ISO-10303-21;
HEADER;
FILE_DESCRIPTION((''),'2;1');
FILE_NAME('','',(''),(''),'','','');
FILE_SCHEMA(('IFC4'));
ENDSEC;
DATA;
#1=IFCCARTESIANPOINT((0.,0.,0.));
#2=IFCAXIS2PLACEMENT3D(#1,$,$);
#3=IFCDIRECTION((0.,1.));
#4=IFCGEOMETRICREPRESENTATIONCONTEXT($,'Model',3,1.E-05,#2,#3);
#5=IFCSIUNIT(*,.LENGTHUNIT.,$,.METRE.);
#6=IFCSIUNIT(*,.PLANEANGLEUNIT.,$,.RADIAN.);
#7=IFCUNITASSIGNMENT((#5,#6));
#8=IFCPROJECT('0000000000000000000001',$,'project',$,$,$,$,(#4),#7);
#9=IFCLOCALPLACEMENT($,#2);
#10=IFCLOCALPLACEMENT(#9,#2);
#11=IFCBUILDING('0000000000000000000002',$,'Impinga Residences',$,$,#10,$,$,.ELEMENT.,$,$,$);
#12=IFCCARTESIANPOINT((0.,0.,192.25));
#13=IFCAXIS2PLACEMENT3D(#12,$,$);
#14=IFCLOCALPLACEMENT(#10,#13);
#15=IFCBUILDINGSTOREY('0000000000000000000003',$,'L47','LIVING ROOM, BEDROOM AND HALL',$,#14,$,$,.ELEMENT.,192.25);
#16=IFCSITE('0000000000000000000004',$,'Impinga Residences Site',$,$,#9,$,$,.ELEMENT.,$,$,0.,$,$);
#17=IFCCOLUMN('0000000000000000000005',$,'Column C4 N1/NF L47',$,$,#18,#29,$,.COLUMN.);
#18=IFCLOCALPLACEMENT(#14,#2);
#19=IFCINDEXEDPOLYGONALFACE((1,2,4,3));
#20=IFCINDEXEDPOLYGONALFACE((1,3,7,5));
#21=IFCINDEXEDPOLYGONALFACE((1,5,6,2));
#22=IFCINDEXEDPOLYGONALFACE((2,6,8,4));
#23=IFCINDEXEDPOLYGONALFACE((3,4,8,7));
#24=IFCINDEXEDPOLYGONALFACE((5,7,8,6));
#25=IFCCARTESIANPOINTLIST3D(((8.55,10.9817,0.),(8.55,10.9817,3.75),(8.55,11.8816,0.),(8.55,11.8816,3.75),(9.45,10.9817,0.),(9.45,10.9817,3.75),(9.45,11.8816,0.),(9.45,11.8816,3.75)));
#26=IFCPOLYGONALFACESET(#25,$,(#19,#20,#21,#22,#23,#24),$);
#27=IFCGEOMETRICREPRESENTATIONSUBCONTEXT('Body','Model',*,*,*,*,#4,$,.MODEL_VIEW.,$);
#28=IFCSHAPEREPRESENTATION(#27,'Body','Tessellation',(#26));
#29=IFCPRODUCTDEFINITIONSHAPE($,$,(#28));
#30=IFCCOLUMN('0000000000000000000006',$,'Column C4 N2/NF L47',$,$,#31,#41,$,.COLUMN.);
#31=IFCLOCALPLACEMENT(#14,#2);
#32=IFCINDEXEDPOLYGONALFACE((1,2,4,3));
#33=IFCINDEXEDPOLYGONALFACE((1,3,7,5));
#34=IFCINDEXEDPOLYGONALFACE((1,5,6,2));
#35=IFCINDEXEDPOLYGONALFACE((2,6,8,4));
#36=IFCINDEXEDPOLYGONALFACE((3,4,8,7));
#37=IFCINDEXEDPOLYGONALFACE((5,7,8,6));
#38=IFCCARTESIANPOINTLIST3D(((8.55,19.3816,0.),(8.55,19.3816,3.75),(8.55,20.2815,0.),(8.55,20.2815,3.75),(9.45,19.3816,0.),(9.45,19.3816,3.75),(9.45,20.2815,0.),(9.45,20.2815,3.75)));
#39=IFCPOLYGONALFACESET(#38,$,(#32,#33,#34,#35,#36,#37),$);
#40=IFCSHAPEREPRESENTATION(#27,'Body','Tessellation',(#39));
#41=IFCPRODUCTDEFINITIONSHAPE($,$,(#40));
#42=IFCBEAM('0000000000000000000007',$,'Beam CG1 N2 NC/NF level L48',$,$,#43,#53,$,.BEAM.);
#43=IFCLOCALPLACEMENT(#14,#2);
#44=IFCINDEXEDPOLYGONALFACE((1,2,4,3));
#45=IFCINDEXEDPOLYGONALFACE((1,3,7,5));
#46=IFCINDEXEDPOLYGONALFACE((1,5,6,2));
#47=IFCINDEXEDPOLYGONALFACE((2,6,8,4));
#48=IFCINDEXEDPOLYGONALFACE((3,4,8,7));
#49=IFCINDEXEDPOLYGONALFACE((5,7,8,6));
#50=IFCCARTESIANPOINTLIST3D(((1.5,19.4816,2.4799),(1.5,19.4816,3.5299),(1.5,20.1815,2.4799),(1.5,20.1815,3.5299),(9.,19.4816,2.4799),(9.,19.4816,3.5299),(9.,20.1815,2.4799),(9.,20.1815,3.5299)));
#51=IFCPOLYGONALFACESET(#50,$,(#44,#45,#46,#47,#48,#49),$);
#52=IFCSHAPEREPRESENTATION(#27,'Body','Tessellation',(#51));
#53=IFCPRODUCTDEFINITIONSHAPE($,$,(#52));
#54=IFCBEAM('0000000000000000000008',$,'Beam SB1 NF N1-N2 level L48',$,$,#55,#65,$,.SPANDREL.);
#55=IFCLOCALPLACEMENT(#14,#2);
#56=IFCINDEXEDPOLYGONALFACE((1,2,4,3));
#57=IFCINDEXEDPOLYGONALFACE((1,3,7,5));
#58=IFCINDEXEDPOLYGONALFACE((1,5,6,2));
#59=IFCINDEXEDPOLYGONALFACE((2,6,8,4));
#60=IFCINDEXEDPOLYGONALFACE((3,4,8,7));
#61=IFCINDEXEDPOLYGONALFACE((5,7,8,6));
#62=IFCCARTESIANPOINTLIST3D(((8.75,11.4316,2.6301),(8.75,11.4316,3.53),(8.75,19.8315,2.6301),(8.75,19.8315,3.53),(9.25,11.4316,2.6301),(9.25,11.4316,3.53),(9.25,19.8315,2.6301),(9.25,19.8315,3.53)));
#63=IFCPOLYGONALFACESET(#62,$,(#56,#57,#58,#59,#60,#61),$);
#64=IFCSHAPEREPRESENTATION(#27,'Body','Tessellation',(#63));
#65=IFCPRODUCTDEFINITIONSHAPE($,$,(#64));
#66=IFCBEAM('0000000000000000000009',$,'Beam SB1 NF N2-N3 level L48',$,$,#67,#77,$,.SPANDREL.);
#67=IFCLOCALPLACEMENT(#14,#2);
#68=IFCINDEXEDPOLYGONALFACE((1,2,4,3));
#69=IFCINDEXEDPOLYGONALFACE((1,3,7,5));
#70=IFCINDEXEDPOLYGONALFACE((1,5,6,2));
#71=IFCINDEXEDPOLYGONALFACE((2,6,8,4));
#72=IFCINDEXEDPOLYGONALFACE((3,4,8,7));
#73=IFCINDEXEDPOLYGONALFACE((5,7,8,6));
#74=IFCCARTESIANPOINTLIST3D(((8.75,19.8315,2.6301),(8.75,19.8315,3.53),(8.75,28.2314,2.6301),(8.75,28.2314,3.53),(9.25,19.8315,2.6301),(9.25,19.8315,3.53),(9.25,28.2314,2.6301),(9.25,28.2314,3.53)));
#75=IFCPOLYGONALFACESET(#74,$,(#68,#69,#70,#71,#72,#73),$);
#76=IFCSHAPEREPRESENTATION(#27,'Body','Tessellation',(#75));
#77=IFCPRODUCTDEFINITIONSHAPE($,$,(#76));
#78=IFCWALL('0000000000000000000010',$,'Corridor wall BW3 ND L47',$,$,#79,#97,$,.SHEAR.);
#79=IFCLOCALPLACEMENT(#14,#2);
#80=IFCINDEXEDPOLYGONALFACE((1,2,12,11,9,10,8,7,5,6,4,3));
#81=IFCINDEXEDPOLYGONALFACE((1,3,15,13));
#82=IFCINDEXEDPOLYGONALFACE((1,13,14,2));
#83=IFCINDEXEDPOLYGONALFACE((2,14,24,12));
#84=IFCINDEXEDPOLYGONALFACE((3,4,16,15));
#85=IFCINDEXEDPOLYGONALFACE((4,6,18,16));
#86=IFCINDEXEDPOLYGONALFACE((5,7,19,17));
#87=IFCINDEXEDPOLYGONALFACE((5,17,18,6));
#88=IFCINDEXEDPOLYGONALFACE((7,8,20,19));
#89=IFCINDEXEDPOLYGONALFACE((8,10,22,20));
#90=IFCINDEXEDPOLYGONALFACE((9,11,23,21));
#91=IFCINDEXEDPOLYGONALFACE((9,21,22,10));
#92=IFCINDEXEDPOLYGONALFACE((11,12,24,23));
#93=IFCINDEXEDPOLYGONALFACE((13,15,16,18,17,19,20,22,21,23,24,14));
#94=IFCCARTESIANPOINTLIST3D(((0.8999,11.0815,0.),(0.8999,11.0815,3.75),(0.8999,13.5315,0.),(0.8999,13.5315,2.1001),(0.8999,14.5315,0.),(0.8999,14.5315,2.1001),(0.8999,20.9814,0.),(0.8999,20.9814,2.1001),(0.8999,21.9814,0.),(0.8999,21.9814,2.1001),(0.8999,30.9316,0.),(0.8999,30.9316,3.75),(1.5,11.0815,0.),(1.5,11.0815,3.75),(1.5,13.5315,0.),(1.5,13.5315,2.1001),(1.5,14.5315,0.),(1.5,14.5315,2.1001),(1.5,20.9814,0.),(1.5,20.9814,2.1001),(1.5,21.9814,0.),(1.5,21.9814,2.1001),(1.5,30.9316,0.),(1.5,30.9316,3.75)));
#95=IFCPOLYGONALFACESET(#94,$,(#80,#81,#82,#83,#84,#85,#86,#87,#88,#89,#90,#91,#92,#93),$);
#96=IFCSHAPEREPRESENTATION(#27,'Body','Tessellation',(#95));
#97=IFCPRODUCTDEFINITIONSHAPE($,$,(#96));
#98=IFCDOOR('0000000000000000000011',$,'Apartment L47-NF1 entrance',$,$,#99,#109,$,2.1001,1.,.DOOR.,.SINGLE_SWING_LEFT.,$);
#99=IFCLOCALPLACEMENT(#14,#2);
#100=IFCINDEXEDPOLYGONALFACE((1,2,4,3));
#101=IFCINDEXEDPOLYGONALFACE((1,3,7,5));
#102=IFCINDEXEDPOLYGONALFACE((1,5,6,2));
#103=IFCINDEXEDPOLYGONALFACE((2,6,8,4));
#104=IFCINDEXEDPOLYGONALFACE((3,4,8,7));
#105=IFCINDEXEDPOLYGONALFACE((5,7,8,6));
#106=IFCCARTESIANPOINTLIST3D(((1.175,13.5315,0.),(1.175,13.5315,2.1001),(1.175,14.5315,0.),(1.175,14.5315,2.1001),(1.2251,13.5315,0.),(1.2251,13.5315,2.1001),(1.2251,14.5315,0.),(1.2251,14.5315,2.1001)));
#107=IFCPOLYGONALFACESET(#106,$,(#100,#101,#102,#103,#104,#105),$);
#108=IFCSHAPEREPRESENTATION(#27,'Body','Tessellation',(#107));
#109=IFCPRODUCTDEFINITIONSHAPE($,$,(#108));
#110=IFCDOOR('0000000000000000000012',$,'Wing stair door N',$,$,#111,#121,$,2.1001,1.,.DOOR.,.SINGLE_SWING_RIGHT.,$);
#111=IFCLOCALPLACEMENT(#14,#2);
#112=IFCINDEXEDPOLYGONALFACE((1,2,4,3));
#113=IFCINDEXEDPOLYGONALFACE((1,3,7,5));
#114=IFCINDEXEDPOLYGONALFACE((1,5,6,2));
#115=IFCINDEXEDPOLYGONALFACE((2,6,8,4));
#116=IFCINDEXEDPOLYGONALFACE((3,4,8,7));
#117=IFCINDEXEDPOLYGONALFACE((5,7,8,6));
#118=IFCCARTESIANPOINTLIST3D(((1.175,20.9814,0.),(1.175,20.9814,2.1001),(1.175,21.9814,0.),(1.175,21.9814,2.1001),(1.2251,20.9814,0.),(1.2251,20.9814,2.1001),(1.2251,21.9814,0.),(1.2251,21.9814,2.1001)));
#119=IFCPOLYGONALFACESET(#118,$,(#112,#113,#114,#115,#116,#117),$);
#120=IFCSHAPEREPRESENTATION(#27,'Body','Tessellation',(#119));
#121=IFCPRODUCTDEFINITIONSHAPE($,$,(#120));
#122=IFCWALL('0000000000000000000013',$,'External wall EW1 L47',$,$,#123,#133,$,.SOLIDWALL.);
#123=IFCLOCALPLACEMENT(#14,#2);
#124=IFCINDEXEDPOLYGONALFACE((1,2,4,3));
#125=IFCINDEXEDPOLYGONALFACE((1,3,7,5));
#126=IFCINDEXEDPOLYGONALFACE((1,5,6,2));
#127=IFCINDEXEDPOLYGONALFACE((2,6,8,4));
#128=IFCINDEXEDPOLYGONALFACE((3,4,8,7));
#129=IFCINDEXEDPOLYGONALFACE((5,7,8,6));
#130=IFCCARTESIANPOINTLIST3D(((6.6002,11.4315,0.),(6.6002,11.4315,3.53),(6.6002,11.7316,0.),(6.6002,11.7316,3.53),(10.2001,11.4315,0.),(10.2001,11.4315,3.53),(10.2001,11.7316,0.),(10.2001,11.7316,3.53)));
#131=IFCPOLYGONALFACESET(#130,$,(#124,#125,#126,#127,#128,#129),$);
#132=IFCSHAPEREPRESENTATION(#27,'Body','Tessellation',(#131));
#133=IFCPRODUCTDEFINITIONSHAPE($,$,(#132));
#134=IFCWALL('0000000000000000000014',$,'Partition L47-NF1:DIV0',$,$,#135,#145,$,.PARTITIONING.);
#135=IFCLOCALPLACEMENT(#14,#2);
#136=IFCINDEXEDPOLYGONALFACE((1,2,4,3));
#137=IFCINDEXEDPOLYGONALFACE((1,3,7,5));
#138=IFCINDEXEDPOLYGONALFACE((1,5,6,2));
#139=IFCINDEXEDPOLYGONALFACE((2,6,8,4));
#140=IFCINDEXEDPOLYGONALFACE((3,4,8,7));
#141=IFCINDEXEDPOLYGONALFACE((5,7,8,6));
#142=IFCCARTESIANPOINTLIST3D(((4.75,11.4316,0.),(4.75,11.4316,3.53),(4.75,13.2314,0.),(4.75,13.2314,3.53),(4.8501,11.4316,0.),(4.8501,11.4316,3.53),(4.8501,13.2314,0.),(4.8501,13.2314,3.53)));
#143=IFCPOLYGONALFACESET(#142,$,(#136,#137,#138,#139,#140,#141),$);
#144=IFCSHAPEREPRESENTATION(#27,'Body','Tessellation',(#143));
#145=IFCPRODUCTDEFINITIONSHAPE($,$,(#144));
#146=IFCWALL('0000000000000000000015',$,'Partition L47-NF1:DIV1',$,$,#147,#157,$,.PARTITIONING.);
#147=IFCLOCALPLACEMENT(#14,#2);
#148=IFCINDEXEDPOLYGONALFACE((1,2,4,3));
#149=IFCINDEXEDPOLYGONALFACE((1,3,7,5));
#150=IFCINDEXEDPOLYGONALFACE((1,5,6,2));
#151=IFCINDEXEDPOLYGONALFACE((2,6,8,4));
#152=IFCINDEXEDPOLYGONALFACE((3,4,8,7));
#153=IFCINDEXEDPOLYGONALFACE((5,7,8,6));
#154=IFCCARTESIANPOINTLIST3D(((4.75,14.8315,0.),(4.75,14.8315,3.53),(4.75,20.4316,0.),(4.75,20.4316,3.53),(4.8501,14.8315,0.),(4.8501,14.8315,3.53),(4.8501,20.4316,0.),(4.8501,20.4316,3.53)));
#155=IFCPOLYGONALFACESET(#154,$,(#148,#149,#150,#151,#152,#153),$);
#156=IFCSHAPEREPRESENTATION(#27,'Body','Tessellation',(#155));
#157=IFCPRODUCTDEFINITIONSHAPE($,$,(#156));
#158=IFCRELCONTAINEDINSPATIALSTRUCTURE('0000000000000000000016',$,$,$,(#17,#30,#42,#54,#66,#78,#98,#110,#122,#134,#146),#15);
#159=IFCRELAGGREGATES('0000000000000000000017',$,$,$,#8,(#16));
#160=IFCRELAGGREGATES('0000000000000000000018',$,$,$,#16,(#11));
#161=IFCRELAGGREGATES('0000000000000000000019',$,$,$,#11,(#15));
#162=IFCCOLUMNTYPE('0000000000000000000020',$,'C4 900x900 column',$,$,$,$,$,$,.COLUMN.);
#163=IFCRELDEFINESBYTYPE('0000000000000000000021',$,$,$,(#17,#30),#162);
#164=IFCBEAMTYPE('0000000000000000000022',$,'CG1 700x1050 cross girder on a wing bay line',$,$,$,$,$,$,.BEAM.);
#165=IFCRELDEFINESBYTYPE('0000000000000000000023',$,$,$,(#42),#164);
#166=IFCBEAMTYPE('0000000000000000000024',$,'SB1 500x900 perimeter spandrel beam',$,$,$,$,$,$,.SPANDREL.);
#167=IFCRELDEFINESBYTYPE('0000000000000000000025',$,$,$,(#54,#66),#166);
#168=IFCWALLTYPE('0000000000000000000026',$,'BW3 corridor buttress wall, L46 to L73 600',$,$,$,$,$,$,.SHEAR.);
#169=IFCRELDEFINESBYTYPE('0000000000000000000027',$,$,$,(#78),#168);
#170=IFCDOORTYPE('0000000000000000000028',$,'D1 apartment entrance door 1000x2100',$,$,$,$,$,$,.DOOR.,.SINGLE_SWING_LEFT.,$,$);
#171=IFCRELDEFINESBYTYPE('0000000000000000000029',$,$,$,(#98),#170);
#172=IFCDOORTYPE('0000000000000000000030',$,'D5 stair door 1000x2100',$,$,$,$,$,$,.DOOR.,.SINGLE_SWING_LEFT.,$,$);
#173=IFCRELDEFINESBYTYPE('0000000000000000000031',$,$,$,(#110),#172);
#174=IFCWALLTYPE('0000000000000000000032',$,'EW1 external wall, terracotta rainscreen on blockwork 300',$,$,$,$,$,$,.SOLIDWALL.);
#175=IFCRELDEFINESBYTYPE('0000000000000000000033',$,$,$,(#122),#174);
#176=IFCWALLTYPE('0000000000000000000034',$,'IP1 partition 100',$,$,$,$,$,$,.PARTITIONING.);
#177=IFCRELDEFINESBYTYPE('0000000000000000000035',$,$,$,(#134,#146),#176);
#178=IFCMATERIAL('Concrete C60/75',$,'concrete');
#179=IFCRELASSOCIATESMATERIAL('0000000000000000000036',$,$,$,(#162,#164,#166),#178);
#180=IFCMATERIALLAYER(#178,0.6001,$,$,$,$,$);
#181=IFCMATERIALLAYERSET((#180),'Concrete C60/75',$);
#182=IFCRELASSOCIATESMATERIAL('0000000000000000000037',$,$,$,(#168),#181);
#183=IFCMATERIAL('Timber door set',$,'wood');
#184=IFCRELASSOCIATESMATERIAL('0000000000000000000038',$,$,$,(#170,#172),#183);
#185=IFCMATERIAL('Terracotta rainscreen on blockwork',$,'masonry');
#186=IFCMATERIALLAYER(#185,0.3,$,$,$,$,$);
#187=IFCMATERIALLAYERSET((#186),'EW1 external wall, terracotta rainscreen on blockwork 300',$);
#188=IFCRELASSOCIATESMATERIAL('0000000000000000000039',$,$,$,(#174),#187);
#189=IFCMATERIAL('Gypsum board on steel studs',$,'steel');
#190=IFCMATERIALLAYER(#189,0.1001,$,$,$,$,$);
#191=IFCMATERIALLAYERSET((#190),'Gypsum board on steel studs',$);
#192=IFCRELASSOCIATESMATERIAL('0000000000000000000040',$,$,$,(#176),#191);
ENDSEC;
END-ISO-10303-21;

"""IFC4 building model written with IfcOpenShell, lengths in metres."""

from ifc_helpers import new_model, si_unit, direction, frame, frame_2d, origin, origin_2d, place, context, subcontext, project, spatial, rectangle, extrude, material, layer, layer_set, material_profile, profile_set, type_object, element, fill, save


model = new_model("IFC4")

# Units and contexts
model_context = context("Model", 3, precision=1e-05, world=origin(), true_north=direction((0.0, 1.0)))
body_context = subcontext(model_context, "Body", "Model", "MODEL_VIEW")
ifc_project = project(units=[si_unit("LENGTHUNIT", "METRE"), si_unit("PLANEANGLEUNIT", "RADIAN")], contexts=[model_context])

# Site, building, storey
site_placement = place(None, origin())
site = spatial("IfcSite", under=ifc_project, at=site_placement, Name="Impinga Residences Site", CompositionType="ELEMENT", RefElevation=0.0)
building_placement = place(site_placement, origin())
building = spatial("IfcBuilding", under=site, at=building_placement, Name="Impinga Residences", CompositionType="ELEMENT")
storey_placement = place(building_placement, frame((0.0, 0.0, 192.25)))
storey = spatial("IfcBuildingStorey", under=building, at=storey_placement, Name="L47", Description="LIVING ROOM, BEDROOM AND HALL", CompositionType="ELEMENT", Elevation=192.25)

# Columns
ifc_material_1 = material(Name="Concrete C60/75", Category="concrete")
ifc_material_profile_1 = material_profile(ifc_material_1, rectangle(XDim=0.8999, YDim=0.8999, at=origin_2d()), Name="RC 900x900")
ifc_profile_set_1 = profile_set([ifc_material_profile_1], Name="Concrete C60/75")
column_type = type_object("IfcColumnType", Name="C4 900x900 column", PredefinedType="COLUMN", material=ifc_profile_set_1)
for number, where, z_axis, x_axis, name in (
    (1, (9.0, 11.4316, 0.0), (0.0, 0.0, 1.0), (1.0, 0.0, 0.0), "Column C4 N1/NF L47"),
    (2, (9.0, 19.8315, 0.0), (0.0, 0.0, 1.0), (1.0, 0.0, 0.0), "Column C4 N2/NF L47"),
):
    element("IfcColumn", number, at=place(storey_placement, frame(where, z_axis=z_axis, x_axis=x_axis)), inside=storey, type_object=column_type, Name=name, PredefinedType="COLUMN", context=body_context, shape_type="SweptSolid", body=[
        extrude(rectangle(XDim=0.8999, YDim=0.8999, at=origin_2d()), origin(), (0.0, 0.0, 1.0), 3.75),
    ])

# Beams
ifc_material_profile_2 = material_profile(ifc_material_1, rectangle(XDim=0.7, YDim=1.05, at=origin_2d()), Name="RC 700x1050")
ifc_profile_set_2 = profile_set([ifc_material_profile_2], Name="Concrete C60/75")
beam_type_1 = type_object("IfcBeamType", Name="CG1 700x1050 cross girder on a wing bay line", PredefinedType="BEAM", material=ifc_profile_set_2)
beam_placement = place(storey_placement, frame((1.5, 19.8315, 3.0049), z_axis=(1.0, 0.0, 0.0), x_axis=(0.0, 1.0, 0.0)))
element("IfcBeam", 3, at=beam_placement, inside=storey, type_object=beam_type_1, Name="Beam CG1 N2 NC/NF level L48", PredefinedType="BEAM", context=body_context, shape_type="SweptSolid", body=[
    extrude(rectangle(XDim=0.7, YDim=1.05, at=origin_2d()), origin(), (0.0, 0.0, 1.0), 7.5),
])
ifc_material_profile_3 = material_profile(ifc_material_1, rectangle(XDim=0.5, YDim=0.8999, at=origin_2d()), Name="RC 500x900")
ifc_profile_set_3 = profile_set([ifc_material_profile_3], Name="Concrete C60/75")
beam_type_2 = type_object("IfcBeamType", Name="SB1 500x900 perimeter spandrel beam", PredefinedType="SPANDREL", material=ifc_profile_set_3)
for number, where, z_axis, x_axis, name in (
    (4, (9.0, 11.4316, 3.0801), (0.0, 1.0, 0.0), (-1.0, 0.0, 0.0), "Beam SB1 NF N1-N2 level L48"),
    (5, (9.0, 19.8315, 3.0801), (0.0, 1.0, 0.0), (-1.0, 0.0, 0.0), "Beam SB1 NF N2-N3 level L48"),
):
    element("IfcBeam", number, at=place(storey_placement, frame(where, z_axis=z_axis, x_axis=x_axis)), inside=storey, type_object=beam_type_2, Name=name, PredefinedType="SPANDREL", context=body_context, shape_type="SweptSolid", body=[
        extrude(rectangle(XDim=0.5, YDim=0.8999, at=origin_2d()), origin(), (0.0, 0.0, 1.0), 8.3999),
    ])

# Wall, openings, doors
ifc_layer_1 = layer(ifc_material_1, 0.6001)
ifc_layer_set_1 = layer_set([ifc_layer_1], Name="Concrete C60/75")
wall_type_1 = type_object("IfcWallType", Name="BW3 corridor buttress wall, L46 to L73 600", PredefinedType="SHEAR", material=ifc_layer_set_1)
wall_1_placement = place(storey_placement, frame((1.2, 11.0815, 0.0), z_axis=(0.0, 0.0, 1.0), x_axis=(0.0, 1.0, 0.0)))
wall_1 = element("IfcWall", 6, at=wall_1_placement, inside=storey, type_object=wall_type_1, Name="Corridor wall BW3 ND L47", PredefinedType="SHEAR", context=body_context, shape_type="SweptSolid", body=[
    extrude(rectangle(XDim=19.8501, YDim=0.6001, at=frame_2d((9.925, 0.0))), origin(), (0.0, 0.0, 1.0), 3.75),
])
opening_1_placement = place(wall_1_placement, frame((9.8999, 0.0, 0.0)))
opening_1 = element("IfcOpeningElement", 7, at=opening_1_placement, cuts=wall_1, PredefinedType="OPENING", context=body_context, shape_type="SweptSolid", body=[
    extrude(rectangle(XDim=1.0, YDim=2.1001, at=frame_2d((0.5, 1.05))), frame((0.0, 0.3101, 0.0), z_axis=(0.0, -1.0, 0.0), x_axis=(1.0, 0.0, 0.0)), (0.0, 0.0, 1.0), 0.6201),
])
opening_2_placement = place(wall_1_placement, frame((2.45, 0.0, 0.0)))
opening_2 = element("IfcOpeningElement", 8, at=opening_2_placement, cuts=wall_1, PredefinedType="OPENING", context=body_context, shape_type="SweptSolid", body=[
    extrude(rectangle(XDim=1.0, YDim=2.1001, at=frame_2d((0.5, 1.05))), frame((0.0, 0.3101, 0.0), z_axis=(0.0, -1.0, 0.0), x_axis=(1.0, 0.0, 0.0)), (0.0, 0.0, 1.0), 0.6201),
])
ifc_material_2 = material(Name="Timber door set", Category="wood")
door_type_1 = type_object("IfcDoorType", Name="D1 apartment entrance door 1000x2100", OperationType="SINGLE_SWING_LEFT", PredefinedType="DOOR", material=ifc_material_2)
door_1_placement = place(opening_2_placement, origin())
door_1 = element("IfcDoor", 9, at=door_1_placement, inside=storey, type_object=door_type_1, Name="Apartment L47-NF1 entrance", OperationType="SINGLE_SWING_LEFT", OverallHeight=2.1001, OverallWidth=1.0, PredefinedType="DOOR", context=body_context, shape_type="SweptSolid", body=[
    extrude(rectangle(XDim=1.0, YDim=2.1001, at=frame_2d((0.5, 1.05))), frame((0.0, 0.0249, 0.0), z_axis=(0.0, -1.0, 0.0), x_axis=(1.0, 0.0, 0.0)), (0.0, 0.0, 1.0), 0.05),
])
fill(opening_2, door_1)
door_type_2 = type_object("IfcDoorType", Name="D5 stair door 1000x2100", OperationType="SINGLE_SWING_LEFT", PredefinedType="DOOR", material=ifc_material_2)
door_2_placement = place(opening_1_placement, origin())
door_2 = element("IfcDoor", 10, at=door_2_placement, inside=storey, type_object=door_type_2, Name="Wing stair door N", OperationType="SINGLE_SWING_RIGHT", OverallHeight=2.1001, OverallWidth=1.0, PredefinedType="DOOR", context=body_context, shape_type="SweptSolid", body=[
    extrude(rectangle(XDim=1.0, YDim=2.1001, at=frame_2d((0.5, 1.05))), frame((0.0, 0.0249, 0.0), z_axis=(0.0, -1.0, 0.0), x_axis=(1.0, 0.0, 0.0)), (0.0, 0.0, 1.0), 0.05),
])
fill(opening_1, door_2)

# Walls
ifc_material_3 = material(Name="Terracotta rainscreen on blockwork", Category="masonry")
ifc_layer_2 = layer(ifc_material_3, 0.3)
ifc_layer_set_2 = layer_set([ifc_layer_2], Name="EW1 external wall, terracotta rainscreen on blockwork 300")
wall_type_2 = type_object("IfcWallType", Name="EW1 external wall, terracotta rainscreen on blockwork 300", PredefinedType="SOLIDWALL", material=ifc_layer_set_2)
wall_2_placement = place(storey_placement, frame((10.2, 11.5815, 0.0), z_axis=(0.0, 0.0, 1.0), x_axis=(-1.0, 0.0, 0.0)))
element("IfcWall", 11, at=wall_2_placement, inside=storey, type_object=wall_type_2, Name="External wall EW1 L47", PredefinedType="SOLIDWALL", context=body_context, shape_type="SweptSolid", body=[
    extrude(rectangle(XDim=3.5999, YDim=0.3, at=frame_2d((1.7998, 0.0))), origin(), (0.0, 0.0, 1.0), 3.53),
])
ifc_material_4 = material(Name="Gypsum board on steel studs", Category="steel")
ifc_layer_3 = layer(ifc_material_4, 0.1001)
ifc_layer_set_3 = layer_set([ifc_layer_3], Name="Gypsum board on steel studs")
wall_type_3 = type_object("IfcWallType", Name="IP1 partition 100", PredefinedType="PARTITIONING", material=ifc_layer_set_3)
wall_3_placement = place(storey_placement, frame((4.8, 11.4316, 0.0), z_axis=(0.0, 0.0, 1.0), x_axis=(0.0, 1.0, 0.0)))
element("IfcWall", 12, at=wall_3_placement, inside=storey, type_object=wall_type_3, Name="Partition L47-NF1:DIV0", PredefinedType="PARTITIONING", context=body_context, shape_type="SweptSolid", body=[
    extrude(rectangle(XDim=1.7998, YDim=0.1001, at=frame_2d((0.8999, 0.0))), origin(), (0.0, 0.0, 1.0), 3.53),
])
wall_4_placement = place(storey_placement, frame((4.8, 14.8315, 0.0), z_axis=(0.0, 0.0, 1.0), x_axis=(0.0, 1.0, 0.0)))
element("IfcWall", 13, at=wall_4_placement, inside=storey, type_object=wall_type_3, Name="Partition L47-NF1:DIV1", PredefinedType="PARTITIONING", context=body_context, shape_type="SweptSolid", body=[
    extrude(rectangle(XDim=5.6001, YDim=0.1001, at=frame_2d((2.8, 0.0))), origin(), (0.0, 0.0, 1.0), 3.53),
])

save(model, "model.ifc")
